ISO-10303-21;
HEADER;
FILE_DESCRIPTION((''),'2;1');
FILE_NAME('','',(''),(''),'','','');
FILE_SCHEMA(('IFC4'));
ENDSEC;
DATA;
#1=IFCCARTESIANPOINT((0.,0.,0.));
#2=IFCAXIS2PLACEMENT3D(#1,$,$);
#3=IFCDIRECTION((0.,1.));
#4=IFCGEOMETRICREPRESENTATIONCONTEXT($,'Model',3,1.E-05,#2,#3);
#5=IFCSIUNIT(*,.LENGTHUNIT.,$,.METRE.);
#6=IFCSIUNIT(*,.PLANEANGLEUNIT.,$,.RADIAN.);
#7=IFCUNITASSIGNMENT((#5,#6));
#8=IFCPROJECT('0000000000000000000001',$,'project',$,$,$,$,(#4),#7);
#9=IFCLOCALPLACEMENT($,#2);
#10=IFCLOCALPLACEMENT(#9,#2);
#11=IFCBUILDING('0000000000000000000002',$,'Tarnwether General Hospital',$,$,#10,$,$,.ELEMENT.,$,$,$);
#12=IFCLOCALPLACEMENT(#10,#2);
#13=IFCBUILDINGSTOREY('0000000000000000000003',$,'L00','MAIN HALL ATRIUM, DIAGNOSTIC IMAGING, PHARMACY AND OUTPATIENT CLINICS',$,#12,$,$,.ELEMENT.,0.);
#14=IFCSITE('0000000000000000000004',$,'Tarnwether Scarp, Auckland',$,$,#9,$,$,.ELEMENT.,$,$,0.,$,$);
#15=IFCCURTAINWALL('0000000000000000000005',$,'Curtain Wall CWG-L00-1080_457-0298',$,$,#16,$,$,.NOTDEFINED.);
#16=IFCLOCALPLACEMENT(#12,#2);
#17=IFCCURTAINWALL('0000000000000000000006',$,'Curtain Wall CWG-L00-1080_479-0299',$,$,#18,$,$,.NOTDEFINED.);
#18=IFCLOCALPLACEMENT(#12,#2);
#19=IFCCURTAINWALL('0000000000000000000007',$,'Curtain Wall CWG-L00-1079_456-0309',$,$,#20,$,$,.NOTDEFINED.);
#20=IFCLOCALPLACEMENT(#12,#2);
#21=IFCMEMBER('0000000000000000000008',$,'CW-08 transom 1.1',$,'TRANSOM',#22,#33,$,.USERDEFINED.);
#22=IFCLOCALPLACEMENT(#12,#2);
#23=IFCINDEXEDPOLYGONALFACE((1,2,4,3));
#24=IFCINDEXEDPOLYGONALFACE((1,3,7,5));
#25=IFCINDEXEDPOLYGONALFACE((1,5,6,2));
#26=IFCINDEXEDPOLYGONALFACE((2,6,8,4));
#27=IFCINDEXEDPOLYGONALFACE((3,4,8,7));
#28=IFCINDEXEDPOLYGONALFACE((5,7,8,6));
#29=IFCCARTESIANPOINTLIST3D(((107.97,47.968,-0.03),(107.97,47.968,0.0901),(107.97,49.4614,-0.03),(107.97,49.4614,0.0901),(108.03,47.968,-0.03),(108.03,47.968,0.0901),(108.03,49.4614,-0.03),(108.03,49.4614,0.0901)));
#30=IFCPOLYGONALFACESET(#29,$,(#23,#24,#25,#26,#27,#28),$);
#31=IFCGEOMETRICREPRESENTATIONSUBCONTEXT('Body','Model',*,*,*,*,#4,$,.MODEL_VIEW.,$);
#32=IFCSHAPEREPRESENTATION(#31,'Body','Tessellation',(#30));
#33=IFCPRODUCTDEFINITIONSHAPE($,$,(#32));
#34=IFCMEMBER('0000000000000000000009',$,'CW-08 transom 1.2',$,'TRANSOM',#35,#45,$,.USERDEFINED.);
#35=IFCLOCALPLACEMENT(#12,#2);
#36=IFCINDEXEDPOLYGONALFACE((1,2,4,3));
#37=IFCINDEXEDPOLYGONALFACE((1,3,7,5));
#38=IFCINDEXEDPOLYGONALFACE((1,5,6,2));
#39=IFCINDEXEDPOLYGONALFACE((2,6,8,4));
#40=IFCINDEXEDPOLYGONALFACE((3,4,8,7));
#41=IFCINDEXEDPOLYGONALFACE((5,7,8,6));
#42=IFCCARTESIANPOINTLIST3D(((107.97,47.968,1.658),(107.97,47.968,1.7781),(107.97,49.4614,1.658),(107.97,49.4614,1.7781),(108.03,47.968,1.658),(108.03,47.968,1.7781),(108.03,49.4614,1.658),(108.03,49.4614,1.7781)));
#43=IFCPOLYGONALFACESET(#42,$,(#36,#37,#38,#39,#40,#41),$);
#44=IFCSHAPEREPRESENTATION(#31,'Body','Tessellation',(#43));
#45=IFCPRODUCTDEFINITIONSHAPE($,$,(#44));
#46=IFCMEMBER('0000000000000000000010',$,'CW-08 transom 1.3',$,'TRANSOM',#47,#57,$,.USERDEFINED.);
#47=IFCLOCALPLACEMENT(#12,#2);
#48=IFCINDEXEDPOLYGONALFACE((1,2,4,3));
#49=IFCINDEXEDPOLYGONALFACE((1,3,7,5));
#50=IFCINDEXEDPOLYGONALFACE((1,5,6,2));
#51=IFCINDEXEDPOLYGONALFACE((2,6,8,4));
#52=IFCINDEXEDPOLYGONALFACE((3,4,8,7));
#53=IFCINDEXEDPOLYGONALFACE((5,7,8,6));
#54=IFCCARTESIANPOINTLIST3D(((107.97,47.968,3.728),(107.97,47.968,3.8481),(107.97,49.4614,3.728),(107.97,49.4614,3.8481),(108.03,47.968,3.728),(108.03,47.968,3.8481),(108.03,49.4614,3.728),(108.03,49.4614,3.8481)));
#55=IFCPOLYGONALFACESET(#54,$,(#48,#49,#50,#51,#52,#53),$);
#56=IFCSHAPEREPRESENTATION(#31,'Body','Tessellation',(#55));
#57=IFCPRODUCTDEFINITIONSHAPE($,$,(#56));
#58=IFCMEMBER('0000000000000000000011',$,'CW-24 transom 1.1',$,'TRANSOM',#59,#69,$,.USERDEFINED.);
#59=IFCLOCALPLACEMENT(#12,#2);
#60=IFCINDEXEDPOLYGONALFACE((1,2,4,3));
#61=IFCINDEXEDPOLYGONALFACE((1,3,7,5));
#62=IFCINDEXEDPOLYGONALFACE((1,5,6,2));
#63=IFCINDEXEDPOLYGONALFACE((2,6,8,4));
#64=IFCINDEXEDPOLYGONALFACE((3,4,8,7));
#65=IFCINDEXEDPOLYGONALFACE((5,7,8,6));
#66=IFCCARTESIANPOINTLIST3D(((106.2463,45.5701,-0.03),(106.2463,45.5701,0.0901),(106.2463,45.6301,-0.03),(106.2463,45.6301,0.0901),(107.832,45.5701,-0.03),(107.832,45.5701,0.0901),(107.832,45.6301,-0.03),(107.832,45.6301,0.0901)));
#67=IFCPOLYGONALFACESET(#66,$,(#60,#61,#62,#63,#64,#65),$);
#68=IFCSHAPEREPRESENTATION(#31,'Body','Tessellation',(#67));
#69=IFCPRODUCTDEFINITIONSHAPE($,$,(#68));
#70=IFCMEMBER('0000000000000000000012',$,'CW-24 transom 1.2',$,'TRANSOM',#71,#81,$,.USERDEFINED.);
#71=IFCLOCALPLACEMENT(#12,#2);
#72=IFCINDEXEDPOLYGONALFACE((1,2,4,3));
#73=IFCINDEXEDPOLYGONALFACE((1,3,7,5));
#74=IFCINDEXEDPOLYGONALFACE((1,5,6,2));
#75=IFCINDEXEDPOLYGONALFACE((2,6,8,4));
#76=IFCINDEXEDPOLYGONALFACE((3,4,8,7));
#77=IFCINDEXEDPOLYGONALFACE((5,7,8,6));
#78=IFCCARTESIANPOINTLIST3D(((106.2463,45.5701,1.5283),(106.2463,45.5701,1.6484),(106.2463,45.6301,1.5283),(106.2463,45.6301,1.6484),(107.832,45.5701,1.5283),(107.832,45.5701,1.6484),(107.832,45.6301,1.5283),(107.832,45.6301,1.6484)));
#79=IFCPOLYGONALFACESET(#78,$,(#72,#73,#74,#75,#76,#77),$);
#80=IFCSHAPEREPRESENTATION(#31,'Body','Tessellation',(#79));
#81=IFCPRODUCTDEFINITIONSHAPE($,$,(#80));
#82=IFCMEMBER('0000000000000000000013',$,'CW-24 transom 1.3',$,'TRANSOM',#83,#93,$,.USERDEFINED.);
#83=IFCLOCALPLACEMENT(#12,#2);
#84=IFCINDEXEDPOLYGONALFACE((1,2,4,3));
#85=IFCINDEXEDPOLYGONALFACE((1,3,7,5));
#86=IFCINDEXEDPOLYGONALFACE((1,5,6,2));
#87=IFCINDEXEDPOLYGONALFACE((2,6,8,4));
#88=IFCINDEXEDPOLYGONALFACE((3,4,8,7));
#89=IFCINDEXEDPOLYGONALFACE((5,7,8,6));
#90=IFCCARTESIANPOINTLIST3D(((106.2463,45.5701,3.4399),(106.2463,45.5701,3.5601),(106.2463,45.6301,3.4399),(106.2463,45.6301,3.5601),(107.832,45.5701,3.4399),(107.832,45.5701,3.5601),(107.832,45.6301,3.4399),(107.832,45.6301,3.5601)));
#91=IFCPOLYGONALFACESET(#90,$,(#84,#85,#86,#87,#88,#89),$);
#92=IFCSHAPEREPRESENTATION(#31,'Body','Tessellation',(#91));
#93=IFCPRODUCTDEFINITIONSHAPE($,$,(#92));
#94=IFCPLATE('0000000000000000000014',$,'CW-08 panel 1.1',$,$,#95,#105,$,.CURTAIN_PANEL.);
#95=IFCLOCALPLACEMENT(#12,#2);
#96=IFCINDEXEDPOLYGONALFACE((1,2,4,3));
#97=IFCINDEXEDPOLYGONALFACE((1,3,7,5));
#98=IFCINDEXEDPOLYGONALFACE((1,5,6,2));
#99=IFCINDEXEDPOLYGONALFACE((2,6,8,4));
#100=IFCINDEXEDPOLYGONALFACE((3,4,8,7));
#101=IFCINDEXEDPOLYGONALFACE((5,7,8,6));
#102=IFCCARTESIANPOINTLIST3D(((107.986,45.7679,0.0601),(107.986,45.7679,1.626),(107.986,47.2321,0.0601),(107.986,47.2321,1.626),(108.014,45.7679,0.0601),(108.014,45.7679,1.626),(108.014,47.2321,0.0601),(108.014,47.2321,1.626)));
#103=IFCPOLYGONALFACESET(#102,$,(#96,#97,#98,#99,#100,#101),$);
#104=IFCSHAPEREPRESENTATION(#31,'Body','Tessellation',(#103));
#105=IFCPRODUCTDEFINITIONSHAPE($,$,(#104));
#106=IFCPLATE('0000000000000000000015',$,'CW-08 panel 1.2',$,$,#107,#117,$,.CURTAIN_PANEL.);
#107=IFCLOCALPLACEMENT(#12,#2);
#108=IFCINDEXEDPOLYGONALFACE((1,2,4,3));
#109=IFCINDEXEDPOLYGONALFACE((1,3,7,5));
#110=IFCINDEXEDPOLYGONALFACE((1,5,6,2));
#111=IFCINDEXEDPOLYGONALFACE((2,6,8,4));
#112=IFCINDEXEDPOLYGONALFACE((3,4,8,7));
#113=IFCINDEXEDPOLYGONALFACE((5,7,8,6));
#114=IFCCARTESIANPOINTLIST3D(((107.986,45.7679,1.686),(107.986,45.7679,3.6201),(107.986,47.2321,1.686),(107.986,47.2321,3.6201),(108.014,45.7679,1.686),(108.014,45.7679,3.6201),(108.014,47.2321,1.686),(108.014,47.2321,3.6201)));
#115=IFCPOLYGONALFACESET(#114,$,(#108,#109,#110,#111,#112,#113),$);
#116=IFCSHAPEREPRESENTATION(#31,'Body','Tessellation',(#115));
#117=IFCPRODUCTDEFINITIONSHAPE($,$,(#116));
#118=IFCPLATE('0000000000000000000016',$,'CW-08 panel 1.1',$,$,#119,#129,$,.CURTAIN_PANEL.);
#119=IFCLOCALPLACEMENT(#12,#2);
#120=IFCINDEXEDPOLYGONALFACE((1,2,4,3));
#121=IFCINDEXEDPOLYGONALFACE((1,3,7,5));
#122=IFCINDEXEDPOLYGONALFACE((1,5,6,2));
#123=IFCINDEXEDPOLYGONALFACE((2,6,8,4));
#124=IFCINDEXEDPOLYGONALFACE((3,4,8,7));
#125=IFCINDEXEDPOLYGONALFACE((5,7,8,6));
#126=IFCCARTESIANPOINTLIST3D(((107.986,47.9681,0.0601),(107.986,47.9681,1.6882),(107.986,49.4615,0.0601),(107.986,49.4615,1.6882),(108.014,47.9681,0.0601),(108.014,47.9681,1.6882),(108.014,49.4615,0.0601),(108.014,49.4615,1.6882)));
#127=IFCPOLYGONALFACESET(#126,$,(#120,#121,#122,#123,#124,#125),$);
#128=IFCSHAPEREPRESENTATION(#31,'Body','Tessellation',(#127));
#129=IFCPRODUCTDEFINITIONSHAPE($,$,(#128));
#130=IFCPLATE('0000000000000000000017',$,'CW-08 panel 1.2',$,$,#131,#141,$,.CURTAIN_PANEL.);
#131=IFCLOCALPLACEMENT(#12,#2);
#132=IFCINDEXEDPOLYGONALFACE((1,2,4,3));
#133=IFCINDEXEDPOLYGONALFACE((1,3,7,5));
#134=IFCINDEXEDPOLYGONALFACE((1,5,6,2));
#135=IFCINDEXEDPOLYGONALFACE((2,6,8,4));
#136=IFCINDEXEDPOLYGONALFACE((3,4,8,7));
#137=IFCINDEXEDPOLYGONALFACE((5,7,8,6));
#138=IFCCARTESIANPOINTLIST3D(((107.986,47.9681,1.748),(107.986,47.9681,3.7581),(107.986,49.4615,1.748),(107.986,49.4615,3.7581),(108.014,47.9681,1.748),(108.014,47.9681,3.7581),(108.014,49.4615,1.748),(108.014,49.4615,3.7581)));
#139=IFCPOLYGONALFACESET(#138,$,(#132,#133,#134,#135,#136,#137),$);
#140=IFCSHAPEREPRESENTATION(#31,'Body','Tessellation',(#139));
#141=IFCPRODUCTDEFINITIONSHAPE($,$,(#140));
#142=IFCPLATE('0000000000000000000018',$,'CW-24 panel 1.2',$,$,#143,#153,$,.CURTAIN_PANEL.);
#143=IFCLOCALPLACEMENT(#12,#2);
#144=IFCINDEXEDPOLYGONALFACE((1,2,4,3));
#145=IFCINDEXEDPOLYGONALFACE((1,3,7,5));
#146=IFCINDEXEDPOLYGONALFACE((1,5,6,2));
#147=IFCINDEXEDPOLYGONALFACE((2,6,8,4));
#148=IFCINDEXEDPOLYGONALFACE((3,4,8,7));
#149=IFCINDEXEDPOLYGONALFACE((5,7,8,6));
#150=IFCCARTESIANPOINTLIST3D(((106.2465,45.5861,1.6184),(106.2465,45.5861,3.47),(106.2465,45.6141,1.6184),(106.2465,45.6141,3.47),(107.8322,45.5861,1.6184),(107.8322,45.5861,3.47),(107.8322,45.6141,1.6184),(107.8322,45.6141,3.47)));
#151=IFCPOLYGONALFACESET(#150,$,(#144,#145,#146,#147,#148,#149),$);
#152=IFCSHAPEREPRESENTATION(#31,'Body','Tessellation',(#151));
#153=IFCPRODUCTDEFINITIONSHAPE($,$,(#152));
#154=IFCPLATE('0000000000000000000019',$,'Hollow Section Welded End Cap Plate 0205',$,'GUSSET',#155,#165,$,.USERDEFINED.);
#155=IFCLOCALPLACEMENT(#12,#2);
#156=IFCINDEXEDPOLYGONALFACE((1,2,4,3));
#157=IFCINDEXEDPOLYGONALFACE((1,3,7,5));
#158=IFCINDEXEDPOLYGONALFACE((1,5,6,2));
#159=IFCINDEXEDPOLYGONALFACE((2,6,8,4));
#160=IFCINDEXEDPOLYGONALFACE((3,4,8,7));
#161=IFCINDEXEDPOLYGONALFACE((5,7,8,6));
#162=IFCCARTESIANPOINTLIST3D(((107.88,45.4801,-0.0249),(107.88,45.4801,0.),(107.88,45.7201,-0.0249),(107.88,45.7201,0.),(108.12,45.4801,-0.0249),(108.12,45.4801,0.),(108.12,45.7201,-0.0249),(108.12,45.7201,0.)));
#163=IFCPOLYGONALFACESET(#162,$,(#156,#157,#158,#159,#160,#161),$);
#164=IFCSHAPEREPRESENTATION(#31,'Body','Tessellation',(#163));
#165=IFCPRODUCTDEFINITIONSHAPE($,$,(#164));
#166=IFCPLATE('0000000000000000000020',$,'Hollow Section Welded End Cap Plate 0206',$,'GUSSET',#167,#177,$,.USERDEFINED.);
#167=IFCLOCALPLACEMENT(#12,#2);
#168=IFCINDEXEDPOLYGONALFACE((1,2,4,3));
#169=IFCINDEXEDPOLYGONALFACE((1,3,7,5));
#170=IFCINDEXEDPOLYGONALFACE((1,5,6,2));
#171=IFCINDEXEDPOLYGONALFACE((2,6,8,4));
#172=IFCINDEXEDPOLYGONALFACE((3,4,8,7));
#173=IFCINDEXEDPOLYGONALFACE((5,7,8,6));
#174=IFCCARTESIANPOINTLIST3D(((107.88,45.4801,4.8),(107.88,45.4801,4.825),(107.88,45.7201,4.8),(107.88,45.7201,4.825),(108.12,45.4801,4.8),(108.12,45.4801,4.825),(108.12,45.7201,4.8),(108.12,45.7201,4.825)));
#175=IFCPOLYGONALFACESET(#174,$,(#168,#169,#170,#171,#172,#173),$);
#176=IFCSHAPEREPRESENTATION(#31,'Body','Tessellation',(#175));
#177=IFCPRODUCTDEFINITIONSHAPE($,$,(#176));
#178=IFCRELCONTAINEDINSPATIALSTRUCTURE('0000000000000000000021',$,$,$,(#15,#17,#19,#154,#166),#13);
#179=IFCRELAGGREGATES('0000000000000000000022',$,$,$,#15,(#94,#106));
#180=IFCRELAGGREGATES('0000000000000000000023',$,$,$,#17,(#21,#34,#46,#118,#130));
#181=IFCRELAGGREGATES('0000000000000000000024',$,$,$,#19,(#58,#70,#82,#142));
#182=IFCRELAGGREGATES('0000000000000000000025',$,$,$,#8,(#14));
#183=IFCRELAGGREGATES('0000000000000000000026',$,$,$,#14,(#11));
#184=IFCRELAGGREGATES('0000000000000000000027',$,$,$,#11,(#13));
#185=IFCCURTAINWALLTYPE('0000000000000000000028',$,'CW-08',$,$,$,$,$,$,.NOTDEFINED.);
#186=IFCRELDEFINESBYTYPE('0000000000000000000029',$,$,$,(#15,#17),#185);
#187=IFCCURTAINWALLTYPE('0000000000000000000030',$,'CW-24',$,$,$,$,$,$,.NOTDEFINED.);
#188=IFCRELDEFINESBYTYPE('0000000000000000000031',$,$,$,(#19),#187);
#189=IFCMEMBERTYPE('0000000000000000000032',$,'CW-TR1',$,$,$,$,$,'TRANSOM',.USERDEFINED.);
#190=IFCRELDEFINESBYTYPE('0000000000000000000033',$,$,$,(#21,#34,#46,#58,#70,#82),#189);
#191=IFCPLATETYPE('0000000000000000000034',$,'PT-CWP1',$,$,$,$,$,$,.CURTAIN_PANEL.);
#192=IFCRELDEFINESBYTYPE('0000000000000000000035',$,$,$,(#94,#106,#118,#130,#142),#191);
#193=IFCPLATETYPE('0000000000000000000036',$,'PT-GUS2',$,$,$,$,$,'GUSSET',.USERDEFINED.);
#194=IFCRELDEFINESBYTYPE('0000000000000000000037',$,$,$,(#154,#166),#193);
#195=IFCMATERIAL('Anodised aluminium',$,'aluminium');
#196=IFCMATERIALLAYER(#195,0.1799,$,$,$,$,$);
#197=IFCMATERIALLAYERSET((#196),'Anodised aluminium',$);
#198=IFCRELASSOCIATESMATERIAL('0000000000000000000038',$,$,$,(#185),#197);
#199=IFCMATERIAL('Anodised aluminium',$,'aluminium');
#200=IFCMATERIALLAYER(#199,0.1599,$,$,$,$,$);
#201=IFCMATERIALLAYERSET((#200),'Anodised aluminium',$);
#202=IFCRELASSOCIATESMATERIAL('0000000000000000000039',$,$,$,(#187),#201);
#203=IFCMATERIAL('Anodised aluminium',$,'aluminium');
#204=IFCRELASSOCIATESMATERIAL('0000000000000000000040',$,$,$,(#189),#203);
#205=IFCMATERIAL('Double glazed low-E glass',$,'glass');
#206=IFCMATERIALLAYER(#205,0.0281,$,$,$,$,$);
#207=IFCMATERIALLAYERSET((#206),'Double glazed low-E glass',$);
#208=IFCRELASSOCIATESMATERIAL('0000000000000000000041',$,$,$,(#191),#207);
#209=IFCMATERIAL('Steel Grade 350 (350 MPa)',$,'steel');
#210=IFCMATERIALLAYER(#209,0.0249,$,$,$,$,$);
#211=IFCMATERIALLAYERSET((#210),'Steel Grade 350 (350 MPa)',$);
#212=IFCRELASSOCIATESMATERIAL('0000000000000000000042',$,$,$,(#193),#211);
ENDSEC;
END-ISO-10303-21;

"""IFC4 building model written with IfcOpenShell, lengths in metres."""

from ifc_helpers import new_model, si_unit, direction, frame, origin, origin_2d, place, context, subcontext, project, spatial, rectangle, extrude, material, layer, layer_set, material_profile, profile_set, type_object, element, aggregate, save


model = new_model("IFC4")

# Units and contexts
model_context = context("Model", 3, precision=1e-05, world=origin(), true_north=direction((0.0, 1.0)))
body_context = subcontext(model_context, "Body", "Model", "MODEL_VIEW")
ifc_project = project(units=[si_unit("LENGTHUNIT", "METRE"), si_unit("PLANEANGLEUNIT", "RADIAN")], contexts=[model_context])

# Site, building, storey
site_placement = place(None, origin())
site = spatial("IfcSite", under=ifc_project, at=site_placement, Name="Tarnwether Scarp, Auckland", CompositionType="ELEMENT", RefElevation=0.0)
building_placement = place(site_placement, origin())
building = spatial("IfcBuilding", under=site, at=building_placement, Name="Tarnwether General Hospital", CompositionType="ELEMENT")
storey_placement = place(building_placement, origin())
storey = spatial("IfcBuildingStorey", under=building, at=storey_placement, Name="L00", Description="MAIN HALL ATRIUM, DIAGNOSTIC IMAGING, PHARMACY AND OUTPATIENT CLINICS", CompositionType="ELEMENT", Elevation=0.0)

# Curtain walls
ifc_material_1 = material(Name="Anodised aluminium", Category="aluminium")
ifc_layer_1 = layer(ifc_material_1, 0.1799)
ifc_layer_set_1 = layer_set([ifc_layer_1], Name="Anodised aluminium")
curtain_wall_type_1 = type_object("IfcCurtainWallType", Name="CW-08", PredefinedType="NOTDEFINED", material=ifc_layer_set_1)
curtain_wall_1_placement = place(storey_placement, origin())
curtain_wall_1 = element("IfcCurtainWall", 1, at=curtain_wall_1_placement, inside=storey, type_object=curtain_wall_type_1, Name="Curtain Wall CWG-L00-1080_457-0298", PredefinedType="NOTDEFINED")
curtain_wall_2_placement = place(storey_placement, origin())
curtain_wall_2 = element("IfcCurtainWall", 2, at=curtain_wall_2_placement, inside=storey, type_object=curtain_wall_type_1, Name="Curtain Wall CWG-L00-1080_479-0299", PredefinedType="NOTDEFINED")

# Curtain wall
ifc_material_2 = material(Name="Anodised aluminium", Category="aluminium")
ifc_layer_2 = layer(ifc_material_2, 0.1599)
ifc_layer_set_2 = layer_set([ifc_layer_2], Name="Anodised aluminium")
curtain_wall_type_2 = type_object("IfcCurtainWallType", Name="CW-24", PredefinedType="NOTDEFINED", material=ifc_layer_set_2)
curtain_wall_3_placement = place(storey_placement, origin())
curtain_wall_3 = element("IfcCurtainWall", 3, at=curtain_wall_3_placement, inside=storey, type_object=curtain_wall_type_2, Name="Curtain Wall CWG-L00-1079_456-0309", PredefinedType="NOTDEFINED")

# Members
ifc_material_3 = material(Name="Anodised aluminium", Category="aluminium")
ifc_material_profile_1 = material_profile(ifc_material_3, rectangle(XDim=0.0601, YDim=0.1201, at=origin_2d()), Name="ALU-TRN-60x120")
ifc_profile_set_1 = profile_set([ifc_material_profile_1], Name="Anodised aluminium")
member_type_1 = type_object("IfcMemberType", Name="CW-TR1", ElementType="TRANSOM", PredefinedType="USERDEFINED", material=ifc_profile_set_1)
member_1_placement = place(storey_placement, frame((108.0, 47.968, 0.03), z_axis=(0.0, 1.0, 0.0), x_axis=(-1.0, 0.0, 0.0)))
member_1 = element("IfcMember", 4, at=member_1_placement, type_object=member_type_1, Name="CW-08 transom 1.1", ObjectType="TRANSOM", PredefinedType="USERDEFINED", context=body_context, shape_type="SweptSolid", body=[
    extrude(rectangle(XDim=0.0601, YDim=0.1201, at=origin_2d()), origin(), (0.0, 0.0, 1.0), 1.4934),
])
member_2_placement = place(storey_placement, frame((108.0, 47.968, 1.718), z_axis=(0.0, 1.0, 0.0), x_axis=(-1.0, 0.0, 0.0)))
member_2 = element("IfcMember", 5, at=member_2_placement, type_object=member_type_1, Name="CW-08 transom 1.2", ObjectType="TRANSOM", PredefinedType="USERDEFINED", context=body_context, shape_type="SweptSolid", body=[
    extrude(rectangle(XDim=0.0601, YDim=0.1201, at=origin_2d()), origin(), (0.0, 0.0, 1.0), 1.4934),
])
member_3_placement = place(storey_placement, frame((108.0, 47.968, 3.7881), z_axis=(0.0, 1.0, 0.0), x_axis=(-1.0, 0.0, 0.0)))
member_3 = element("IfcMember", 6, at=member_3_placement, type_object=member_type_1, Name="CW-08 transom 1.3", ObjectType="TRANSOM", PredefinedType="USERDEFINED", context=body_context, shape_type="SweptSolid", body=[
    extrude(rectangle(XDim=0.0601, YDim=0.1201, at=origin_2d()), origin(), (0.0, 0.0, 1.0), 1.4934),
])
member_4_placement = place(storey_placement, frame((107.832, 45.6001, 0.03), z_axis=(-1.0, 0.0, 0.0), x_axis=(0.0, -1.0, 0.0)))
member_4 = element("IfcMember", 7, at=member_4_placement, type_object=member_type_1, Name="CW-24 transom 1.1", ObjectType="TRANSOM", PredefinedType="USERDEFINED", context=body_context, shape_type="SweptSolid", body=[
    extrude(rectangle(XDim=0.0601, YDim=0.1201, at=origin_2d()), origin(), (0.0, 0.0, 1.0), 1.5857),
])
member_5_placement = place(storey_placement, frame((107.832, 45.6001, 1.5884), z_axis=(-1.0, 0.0, 0.0), x_axis=(0.0, -1.0, 0.0)))
member_5 = element("IfcMember", 8, at=member_5_placement, type_object=member_type_1, Name="CW-24 transom 1.2", ObjectType="TRANSOM", PredefinedType="USERDEFINED", context=body_context, shape_type="SweptSolid", body=[
    extrude(rectangle(XDim=0.0601, YDim=0.1201, at=origin_2d()), origin(), (0.0, 0.0, 1.0), 1.5857),
])
member_6_placement = place(storey_placement, frame((107.832, 45.6001, 3.5), z_axis=(-1.0, 0.0, 0.0), x_axis=(0.0, -1.0, 0.0)))
member_6 = element("IfcMember", 9, at=member_6_placement, type_object=member_type_1, Name="CW-24 transom 1.3", ObjectType="TRANSOM", PredefinedType="USERDEFINED", context=body_context, shape_type="SweptSolid", body=[
    extrude(rectangle(XDim=0.0601, YDim=0.1201, at=origin_2d()), origin(), (0.0, 0.0, 1.0), 1.5857),
])

# Plates
ifc_material_4 = material(Name="Double glazed low-E glass", Category="glass")
ifc_layer_3 = layer(ifc_material_4, 0.0281)
ifc_layer_set_3 = layer_set([ifc_layer_3], Name="Double glazed low-E glass")
plate_type_1 = type_object("IfcPlateType", Name="PT-CWP1", PredefinedType="CURTAIN_PANEL", material=ifc_layer_set_3)
plate_1_placement = place(storey_placement, frame((108.0, 46.5, 0.0601), z_axis=(0.0, 0.0, 1.0), x_axis=(0.0, 1.0, 0.0)))
plate_1 = element("IfcPlate", 10, at=plate_1_placement, type_object=plate_type_1, Name="CW-08 panel 1.1", PredefinedType="CURTAIN_PANEL", context=body_context, shape_type="SweptSolid", body=[
    extrude(rectangle(XDim=1.4641, YDim=0.0281, at=origin_2d()), origin(), (0.0, 0.0, 1.0), 1.5659),
])
plate_2_placement = place(storey_placement, frame((108.0, 46.5, 1.686), z_axis=(0.0, 0.0, 1.0), x_axis=(0.0, 1.0, 0.0)))
plate_2 = element("IfcPlate", 11, at=plate_2_placement, type_object=plate_type_1, Name="CW-08 panel 1.2", PredefinedType="CURTAIN_PANEL", context=body_context, shape_type="SweptSolid", body=[
    extrude(rectangle(XDim=1.4641, YDim=0.0281, at=origin_2d()), origin(), (0.0, 0.0, 1.0), 1.9341),
])
aggregate(curtain_wall_1, [plate_1, plate_2])
plate_3_placement = place(storey_placement, frame((108.0, 48.7148, 0.0601), z_axis=(0.0, 0.0, 1.0), x_axis=(0.0, 1.0, 0.0)))
plate_3 = element("IfcPlate", 12, at=plate_3_placement, type_object=plate_type_1, Name="CW-08 panel 1.1", PredefinedType="CURTAIN_PANEL", context=body_context, shape_type="SweptSolid", body=[
    extrude(rectangle(XDim=1.4934, YDim=0.0281, at=origin_2d()), origin(), (0.0, 0.0, 1.0), 1.6282),
])
plate_4_placement = place(storey_placement, frame((108.0, 48.7148, 1.748), z_axis=(0.0, 0.0, 1.0), x_axis=(0.0, 1.0, 0.0)))
plate_4 = element("IfcPlate", 13, at=plate_4_placement, type_object=plate_type_1, Name="CW-08 panel 1.2", PredefinedType="CURTAIN_PANEL", context=body_context, shape_type="SweptSolid", body=[
    extrude(rectangle(XDim=1.4934, YDim=0.0281, at=origin_2d()), origin(), (0.0, 0.0, 1.0), 2.01),
])
aggregate(curtain_wall_2, [member_1, member_2, member_3, plate_3, plate_4])
plate_5_placement = place(storey_placement, frame((107.0393, 45.6001, 1.6184), z_axis=(0.0, 0.0, 1.0), x_axis=(-1.0, 0.0, 0.0)))
plate_5 = element("IfcPlate", 14, at=plate_5_placement, type_object=plate_type_1, Name="CW-24 panel 1.2", PredefinedType="CURTAIN_PANEL", context=body_context, shape_type="SweptSolid", body=[
    extrude(rectangle(XDim=1.5857, YDim=0.0281, at=origin_2d()), origin(), (0.0, 0.0, 1.0), 1.8516),
])
aggregate(curtain_wall_3, [member_4, member_5, member_6, plate_5])

# Plates
ifc_material_5 = material(Name="Steel Grade 350 (350 MPa)", Category="steel")
ifc_layer_4 = layer(ifc_material_5, 0.0249)
ifc_layer_set_4 = layer_set([ifc_layer_4], Name="Steel Grade 350 (350 MPa)")
plate_type_2 = type_object("IfcPlateType", Name="PT-GUS2", ElementType="GUSSET", PredefinedType="USERDEFINED", material=ifc_layer_set_4)
for number, where, z_axis, x_axis, name in (
    (15, (108.0, 45.6001, -0.0249), (0.0, 0.0, 1.0), (1.0, 0.0, 0.0), "Hollow Section Welded End Cap Plate 0205"),
    (16, (108.0, 45.6001, 4.8), (0.0, 0.0, 1.0), (1.0, 0.0, 0.0), "Hollow Section Welded End Cap Plate 0206"),
):
    element("IfcPlate", number, at=place(storey_placement, frame(where, z_axis=z_axis, x_axis=x_axis)), inside=storey, type_object=plate_type_2, Name=name, ObjectType="GUSSET", PredefinedType="USERDEFINED", context=body_context, shape_type="SweptSolid", body=[
        extrude(rectangle(XDim=0.24, YDim=0.24, at=origin_2d()), origin(), (0.0, 0.0, 1.0), 0.0249),
    ])

save(model, "model.ifc")
